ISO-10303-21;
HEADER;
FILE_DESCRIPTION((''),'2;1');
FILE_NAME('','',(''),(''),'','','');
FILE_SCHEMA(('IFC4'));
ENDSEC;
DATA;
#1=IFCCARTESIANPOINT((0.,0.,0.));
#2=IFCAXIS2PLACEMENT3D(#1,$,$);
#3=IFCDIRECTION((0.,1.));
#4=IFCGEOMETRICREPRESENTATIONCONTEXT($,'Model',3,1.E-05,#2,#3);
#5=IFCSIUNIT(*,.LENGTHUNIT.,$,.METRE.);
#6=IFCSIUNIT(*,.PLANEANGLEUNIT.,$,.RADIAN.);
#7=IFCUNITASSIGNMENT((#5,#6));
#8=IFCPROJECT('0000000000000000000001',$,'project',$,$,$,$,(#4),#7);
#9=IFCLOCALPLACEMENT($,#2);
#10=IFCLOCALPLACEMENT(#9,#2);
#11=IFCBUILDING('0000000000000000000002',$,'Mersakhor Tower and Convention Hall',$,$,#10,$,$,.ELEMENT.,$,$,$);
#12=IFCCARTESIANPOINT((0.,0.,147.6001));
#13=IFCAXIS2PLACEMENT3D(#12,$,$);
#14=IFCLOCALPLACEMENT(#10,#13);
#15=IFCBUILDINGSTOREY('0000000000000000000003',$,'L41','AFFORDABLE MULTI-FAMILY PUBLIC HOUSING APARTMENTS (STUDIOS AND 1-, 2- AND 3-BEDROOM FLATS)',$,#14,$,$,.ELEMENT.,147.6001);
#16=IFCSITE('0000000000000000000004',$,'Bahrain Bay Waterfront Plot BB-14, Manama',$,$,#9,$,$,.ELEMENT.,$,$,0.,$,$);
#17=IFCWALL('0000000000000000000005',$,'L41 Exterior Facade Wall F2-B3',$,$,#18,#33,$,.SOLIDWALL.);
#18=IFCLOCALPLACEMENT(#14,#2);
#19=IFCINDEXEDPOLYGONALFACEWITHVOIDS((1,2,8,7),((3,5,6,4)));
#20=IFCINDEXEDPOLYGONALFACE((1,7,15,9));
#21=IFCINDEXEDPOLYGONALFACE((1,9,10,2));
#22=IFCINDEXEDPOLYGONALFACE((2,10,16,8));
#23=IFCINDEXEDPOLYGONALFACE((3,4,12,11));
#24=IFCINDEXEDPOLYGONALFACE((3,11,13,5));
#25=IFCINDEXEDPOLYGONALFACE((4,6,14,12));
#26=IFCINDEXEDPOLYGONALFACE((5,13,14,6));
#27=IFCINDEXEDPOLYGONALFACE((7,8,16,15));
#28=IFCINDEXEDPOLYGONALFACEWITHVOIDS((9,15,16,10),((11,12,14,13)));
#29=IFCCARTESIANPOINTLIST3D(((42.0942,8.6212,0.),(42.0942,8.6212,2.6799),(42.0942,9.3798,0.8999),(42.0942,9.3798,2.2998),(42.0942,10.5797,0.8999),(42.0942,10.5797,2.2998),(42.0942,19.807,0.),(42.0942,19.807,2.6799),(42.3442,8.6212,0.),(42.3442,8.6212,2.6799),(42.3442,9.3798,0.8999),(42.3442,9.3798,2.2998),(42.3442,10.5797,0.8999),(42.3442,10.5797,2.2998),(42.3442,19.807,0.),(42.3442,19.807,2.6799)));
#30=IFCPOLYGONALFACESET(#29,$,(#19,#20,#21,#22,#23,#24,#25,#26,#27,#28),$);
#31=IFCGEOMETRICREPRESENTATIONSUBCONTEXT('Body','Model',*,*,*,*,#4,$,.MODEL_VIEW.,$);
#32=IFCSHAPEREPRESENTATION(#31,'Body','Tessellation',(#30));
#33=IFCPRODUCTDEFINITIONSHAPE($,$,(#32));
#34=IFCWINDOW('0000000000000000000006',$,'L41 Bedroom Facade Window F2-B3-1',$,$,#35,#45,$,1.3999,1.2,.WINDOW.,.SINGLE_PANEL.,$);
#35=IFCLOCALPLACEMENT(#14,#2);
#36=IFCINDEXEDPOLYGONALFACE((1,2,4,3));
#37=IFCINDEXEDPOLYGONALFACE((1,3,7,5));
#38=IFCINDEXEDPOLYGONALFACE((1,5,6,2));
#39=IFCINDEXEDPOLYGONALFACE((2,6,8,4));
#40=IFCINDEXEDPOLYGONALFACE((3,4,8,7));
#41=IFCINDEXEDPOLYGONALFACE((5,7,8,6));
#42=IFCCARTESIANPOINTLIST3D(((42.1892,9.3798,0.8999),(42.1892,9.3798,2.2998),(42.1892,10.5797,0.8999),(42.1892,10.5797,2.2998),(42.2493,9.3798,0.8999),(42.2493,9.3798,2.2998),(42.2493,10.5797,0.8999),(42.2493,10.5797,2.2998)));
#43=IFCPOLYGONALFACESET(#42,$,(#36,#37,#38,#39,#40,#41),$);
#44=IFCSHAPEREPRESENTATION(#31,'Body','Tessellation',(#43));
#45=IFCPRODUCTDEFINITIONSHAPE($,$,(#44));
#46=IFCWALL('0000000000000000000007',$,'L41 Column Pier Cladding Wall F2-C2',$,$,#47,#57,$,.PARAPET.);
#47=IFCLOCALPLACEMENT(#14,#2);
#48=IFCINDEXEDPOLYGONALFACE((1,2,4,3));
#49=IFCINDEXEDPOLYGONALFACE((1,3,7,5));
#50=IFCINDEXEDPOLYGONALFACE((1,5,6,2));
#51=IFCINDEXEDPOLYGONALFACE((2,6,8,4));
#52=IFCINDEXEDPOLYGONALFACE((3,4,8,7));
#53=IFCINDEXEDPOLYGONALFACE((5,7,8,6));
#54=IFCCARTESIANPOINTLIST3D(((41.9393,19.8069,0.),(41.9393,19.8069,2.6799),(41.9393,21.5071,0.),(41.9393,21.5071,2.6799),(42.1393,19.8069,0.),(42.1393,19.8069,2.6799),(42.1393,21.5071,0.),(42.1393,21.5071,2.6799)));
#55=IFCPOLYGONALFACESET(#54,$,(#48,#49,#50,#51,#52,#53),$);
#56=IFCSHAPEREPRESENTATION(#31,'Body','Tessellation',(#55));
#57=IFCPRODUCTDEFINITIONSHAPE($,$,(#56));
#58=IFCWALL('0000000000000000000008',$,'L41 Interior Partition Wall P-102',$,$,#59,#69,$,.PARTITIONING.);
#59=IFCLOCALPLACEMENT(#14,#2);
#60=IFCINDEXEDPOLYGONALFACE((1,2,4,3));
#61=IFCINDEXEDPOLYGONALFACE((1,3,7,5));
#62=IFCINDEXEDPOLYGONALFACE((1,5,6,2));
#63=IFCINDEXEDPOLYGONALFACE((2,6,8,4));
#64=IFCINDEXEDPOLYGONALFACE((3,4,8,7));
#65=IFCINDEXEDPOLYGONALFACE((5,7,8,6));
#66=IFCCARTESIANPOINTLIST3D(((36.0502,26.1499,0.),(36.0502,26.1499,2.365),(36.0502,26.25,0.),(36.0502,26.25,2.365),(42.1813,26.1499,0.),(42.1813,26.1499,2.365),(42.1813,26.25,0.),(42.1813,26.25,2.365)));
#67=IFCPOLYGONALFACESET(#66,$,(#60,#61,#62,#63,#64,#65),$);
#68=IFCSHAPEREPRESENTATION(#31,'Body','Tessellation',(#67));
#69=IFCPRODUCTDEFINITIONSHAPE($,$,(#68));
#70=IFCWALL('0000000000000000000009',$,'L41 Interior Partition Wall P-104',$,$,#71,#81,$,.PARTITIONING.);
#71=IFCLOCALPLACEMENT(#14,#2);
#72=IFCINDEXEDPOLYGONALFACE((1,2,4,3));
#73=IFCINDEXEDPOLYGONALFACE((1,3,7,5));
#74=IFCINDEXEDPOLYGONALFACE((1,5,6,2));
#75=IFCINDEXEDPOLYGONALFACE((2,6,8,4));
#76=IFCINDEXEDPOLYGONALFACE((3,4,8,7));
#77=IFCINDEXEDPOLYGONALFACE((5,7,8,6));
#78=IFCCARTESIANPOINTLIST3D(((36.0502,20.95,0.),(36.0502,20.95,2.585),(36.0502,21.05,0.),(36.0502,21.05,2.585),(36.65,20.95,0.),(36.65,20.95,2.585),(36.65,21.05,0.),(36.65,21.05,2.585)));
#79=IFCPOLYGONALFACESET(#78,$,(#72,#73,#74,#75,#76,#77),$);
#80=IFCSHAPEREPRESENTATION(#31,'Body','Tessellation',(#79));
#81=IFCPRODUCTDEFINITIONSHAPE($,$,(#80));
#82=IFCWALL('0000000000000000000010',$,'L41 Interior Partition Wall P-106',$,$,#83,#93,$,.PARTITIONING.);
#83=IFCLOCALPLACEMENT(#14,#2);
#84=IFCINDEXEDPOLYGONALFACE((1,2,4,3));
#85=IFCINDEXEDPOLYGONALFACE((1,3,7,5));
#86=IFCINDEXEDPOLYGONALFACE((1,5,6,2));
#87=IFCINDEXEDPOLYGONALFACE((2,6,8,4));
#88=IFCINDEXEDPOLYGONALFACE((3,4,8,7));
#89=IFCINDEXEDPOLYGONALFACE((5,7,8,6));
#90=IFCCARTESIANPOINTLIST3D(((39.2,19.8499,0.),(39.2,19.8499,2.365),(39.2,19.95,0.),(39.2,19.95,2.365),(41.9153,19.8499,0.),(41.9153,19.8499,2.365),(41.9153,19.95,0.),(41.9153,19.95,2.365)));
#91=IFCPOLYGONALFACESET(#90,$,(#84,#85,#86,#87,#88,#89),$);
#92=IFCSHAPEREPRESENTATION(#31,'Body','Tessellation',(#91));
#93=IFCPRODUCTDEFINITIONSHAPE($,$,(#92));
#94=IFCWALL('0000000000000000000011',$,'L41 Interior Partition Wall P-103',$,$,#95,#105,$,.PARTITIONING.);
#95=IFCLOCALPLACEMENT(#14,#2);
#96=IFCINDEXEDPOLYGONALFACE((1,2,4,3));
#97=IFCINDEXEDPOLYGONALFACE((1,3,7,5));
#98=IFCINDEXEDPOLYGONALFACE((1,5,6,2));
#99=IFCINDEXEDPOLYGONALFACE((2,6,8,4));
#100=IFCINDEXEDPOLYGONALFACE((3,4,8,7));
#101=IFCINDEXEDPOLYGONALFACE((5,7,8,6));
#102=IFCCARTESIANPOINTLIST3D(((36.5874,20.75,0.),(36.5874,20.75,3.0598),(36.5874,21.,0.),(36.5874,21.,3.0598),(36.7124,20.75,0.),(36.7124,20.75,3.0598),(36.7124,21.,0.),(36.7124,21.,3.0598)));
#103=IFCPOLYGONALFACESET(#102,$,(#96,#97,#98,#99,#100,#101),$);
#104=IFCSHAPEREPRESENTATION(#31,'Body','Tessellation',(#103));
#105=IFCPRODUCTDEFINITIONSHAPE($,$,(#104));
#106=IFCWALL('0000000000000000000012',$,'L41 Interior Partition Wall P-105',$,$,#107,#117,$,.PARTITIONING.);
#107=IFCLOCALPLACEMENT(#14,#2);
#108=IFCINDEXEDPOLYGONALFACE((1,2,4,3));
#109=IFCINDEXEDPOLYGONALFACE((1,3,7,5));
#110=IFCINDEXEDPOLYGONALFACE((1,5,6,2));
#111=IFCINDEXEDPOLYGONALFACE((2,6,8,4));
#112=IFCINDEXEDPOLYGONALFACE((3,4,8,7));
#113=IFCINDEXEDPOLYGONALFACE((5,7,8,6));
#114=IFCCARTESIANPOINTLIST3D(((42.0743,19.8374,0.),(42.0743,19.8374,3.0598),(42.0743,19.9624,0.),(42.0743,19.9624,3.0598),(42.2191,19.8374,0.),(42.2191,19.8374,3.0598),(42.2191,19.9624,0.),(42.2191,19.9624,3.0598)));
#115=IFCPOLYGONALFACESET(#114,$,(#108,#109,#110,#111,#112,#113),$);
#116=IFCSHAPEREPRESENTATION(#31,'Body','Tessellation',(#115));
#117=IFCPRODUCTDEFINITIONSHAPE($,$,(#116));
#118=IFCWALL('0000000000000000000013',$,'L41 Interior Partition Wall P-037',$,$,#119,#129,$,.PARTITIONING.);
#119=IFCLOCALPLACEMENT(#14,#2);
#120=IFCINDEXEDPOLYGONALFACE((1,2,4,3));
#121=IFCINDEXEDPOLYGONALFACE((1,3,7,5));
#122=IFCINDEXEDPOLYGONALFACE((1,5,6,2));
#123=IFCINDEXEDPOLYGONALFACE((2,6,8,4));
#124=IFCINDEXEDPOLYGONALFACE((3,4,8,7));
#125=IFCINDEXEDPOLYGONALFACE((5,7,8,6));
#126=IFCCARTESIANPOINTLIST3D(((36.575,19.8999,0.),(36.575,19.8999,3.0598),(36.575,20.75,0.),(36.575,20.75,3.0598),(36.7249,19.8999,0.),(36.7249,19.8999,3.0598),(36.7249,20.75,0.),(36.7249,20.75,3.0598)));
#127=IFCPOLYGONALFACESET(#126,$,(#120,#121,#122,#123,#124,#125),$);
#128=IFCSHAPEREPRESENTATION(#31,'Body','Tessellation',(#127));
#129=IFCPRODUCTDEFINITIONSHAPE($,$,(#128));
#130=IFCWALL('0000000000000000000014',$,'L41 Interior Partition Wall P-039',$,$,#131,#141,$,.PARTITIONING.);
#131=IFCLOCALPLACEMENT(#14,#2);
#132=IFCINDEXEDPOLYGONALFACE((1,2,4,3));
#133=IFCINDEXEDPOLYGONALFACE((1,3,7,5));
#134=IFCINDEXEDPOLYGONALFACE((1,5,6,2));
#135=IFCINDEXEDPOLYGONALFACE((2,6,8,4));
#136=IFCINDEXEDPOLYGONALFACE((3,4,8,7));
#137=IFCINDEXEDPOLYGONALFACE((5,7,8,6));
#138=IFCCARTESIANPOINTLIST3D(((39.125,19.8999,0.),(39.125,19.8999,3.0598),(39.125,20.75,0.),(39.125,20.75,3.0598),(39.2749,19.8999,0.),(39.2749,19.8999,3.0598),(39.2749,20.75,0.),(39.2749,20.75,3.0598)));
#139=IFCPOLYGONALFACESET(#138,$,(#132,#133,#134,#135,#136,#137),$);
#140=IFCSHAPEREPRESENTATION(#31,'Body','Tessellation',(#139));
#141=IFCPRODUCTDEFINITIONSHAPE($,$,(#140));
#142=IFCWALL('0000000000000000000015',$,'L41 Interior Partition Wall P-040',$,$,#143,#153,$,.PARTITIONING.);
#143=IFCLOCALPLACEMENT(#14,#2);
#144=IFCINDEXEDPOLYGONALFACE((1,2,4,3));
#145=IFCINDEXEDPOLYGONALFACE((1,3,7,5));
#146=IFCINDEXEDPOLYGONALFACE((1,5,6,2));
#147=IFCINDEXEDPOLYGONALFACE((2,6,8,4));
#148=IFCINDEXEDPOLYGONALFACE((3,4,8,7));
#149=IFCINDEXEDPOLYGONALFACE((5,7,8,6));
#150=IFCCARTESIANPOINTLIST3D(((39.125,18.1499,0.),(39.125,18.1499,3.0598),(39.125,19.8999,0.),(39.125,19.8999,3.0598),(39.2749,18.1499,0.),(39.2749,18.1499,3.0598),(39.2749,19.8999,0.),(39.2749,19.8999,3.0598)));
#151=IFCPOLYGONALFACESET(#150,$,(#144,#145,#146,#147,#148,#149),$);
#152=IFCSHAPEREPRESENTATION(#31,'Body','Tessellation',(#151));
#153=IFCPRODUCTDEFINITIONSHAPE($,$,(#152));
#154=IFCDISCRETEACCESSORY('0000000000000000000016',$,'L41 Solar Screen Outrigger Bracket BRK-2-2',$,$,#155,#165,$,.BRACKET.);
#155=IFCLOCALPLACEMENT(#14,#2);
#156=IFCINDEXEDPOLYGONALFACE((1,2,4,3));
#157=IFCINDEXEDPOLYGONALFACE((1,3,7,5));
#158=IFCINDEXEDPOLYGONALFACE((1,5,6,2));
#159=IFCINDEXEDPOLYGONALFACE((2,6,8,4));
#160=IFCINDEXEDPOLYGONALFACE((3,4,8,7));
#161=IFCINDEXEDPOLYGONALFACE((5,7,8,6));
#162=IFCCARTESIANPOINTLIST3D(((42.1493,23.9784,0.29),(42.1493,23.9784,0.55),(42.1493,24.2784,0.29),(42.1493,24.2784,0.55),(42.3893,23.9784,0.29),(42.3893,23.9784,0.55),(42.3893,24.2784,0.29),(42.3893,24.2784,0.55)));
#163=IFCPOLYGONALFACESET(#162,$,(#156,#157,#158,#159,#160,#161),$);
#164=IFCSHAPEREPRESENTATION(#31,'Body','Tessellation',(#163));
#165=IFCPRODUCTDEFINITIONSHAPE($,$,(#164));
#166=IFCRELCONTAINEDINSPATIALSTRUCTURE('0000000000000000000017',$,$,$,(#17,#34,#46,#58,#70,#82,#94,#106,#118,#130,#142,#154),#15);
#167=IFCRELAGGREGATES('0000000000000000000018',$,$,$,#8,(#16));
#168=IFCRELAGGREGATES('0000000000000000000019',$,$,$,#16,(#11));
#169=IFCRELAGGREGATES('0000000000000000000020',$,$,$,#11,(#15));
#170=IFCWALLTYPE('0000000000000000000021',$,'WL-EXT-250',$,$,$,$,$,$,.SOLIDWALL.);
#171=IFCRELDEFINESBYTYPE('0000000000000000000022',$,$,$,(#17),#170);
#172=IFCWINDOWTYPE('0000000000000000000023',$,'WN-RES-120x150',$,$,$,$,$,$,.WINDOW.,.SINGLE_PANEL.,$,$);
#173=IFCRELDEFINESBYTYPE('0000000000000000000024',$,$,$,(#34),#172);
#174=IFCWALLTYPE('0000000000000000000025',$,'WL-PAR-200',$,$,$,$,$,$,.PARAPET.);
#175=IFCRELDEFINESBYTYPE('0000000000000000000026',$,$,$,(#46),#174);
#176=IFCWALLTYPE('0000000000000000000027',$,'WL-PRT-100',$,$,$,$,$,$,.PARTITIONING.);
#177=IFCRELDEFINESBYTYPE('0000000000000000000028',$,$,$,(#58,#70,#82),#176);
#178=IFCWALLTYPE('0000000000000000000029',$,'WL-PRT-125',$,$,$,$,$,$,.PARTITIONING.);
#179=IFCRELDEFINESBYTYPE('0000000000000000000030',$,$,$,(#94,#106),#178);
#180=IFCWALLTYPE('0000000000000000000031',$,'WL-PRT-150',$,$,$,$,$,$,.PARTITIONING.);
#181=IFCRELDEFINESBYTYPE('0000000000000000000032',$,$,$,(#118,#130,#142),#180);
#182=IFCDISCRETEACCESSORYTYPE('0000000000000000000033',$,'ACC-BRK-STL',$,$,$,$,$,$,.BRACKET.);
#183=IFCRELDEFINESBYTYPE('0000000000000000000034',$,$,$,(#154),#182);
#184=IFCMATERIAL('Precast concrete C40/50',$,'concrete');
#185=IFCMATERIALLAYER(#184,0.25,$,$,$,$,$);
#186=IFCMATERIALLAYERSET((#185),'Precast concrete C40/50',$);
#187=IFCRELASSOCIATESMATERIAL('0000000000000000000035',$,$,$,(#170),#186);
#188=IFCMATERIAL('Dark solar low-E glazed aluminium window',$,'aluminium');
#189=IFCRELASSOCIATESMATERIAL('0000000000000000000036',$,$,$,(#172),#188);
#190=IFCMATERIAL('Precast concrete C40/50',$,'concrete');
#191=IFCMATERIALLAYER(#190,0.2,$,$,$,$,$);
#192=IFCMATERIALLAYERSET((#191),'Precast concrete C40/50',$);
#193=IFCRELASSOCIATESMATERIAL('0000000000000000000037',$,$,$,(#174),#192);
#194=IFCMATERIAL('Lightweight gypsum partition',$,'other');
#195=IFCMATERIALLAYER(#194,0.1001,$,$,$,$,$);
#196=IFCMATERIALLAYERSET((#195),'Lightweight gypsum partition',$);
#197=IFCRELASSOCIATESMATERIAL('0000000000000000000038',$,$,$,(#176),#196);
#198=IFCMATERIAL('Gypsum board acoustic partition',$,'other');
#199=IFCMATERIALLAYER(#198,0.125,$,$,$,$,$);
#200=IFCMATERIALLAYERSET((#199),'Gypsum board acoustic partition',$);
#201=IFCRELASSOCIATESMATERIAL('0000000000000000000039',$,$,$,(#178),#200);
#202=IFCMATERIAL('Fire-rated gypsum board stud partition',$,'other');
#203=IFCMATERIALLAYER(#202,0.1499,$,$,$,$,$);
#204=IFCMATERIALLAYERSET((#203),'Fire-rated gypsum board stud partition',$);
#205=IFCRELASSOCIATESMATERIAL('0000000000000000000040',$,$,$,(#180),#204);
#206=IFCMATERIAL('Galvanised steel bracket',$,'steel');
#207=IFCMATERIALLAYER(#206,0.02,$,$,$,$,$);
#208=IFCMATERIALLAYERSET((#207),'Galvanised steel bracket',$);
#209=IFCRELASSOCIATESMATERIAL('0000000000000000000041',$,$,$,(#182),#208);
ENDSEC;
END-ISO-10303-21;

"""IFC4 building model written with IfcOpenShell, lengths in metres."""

from ifc_helpers import new_model, si_unit, direction, frame, frame_2d, origin, origin_2d, place, context, subcontext, project, spatial, rectangle, extrude, material, layer, layer_set, type_object, element, fill, save


model = new_model("IFC4")

# Units and contexts
model_context = context("Model", 3, precision=1e-05, world=origin(), true_north=direction((0.0, 1.0)))
body_context = subcontext(model_context, "Body", "Model", "MODEL_VIEW")
ifc_project = project(units=[si_unit("LENGTHUNIT", "METRE"), si_unit("PLANEANGLEUNIT", "RADIAN")], contexts=[model_context])

# Site, building, storey
site_placement = place(None, origin())
site = spatial("IfcSite", under=ifc_project, at=site_placement, Name="Bahrain Bay Waterfront Plot BB-14, Manama", CompositionType="ELEMENT", RefElevation=0.0)
building_placement = place(site_placement, origin())
building = spatial("IfcBuilding", under=site, at=building_placement, Name="Mersakhor Tower and Convention Hall", CompositionType="ELEMENT")
storey_placement = place(building_placement, frame((0.0, 0.0, 147.6001)))
storey = spatial("IfcBuildingStorey", under=building, at=storey_placement, Name="L41", Description="AFFORDABLE MULTI-FAMILY PUBLIC HOUSING APARTMENTS (STUDIOS AND 1-, 2- AND 3-BEDROOM FLATS)", CompositionType="ELEMENT", Elevation=147.6001)

# Wall, opening, window
ifc_material_1 = material(Name="Precast concrete C40/50", Category="concrete")
ifc_layer_1 = layer(ifc_material_1, 0.25)
ifc_layer_set_1 = layer_set([ifc_layer_1], Name="Precast concrete C40/50")
wall_type_1 = type_object("IfcWallType", Name="WL-EXT-250", PredefinedType="SOLIDWALL", material=ifc_layer_set_1)
wall_1_placement = place(storey_placement, frame((42.2192, 19.8069, 0.0), z_axis=(0.0, 0.0, 1.0), x_axis=(0.0, -1.0, 0.0)))
wall_1 = element("IfcWall", 1, at=wall_1_placement, inside=storey, type_object=wall_type_1, Name="L41 Exterior Facade Wall F2-B3", PredefinedType="SOLIDWALL", context=body_context, shape_type="SweptSolid", body=[
    extrude(rectangle(XDim=11.1858, YDim=0.25, at=frame_2d((5.5928, 0.0))), origin(), (0.0, 0.0, 1.0), 2.6799),
])
opening_1_placement = place(wall_1_placement, frame((9.2271, 0.0, 0.8999)))
opening_1 = element("IfcOpeningElement", 2, at=opening_1_placement, cuts=wall_1, PredefinedType="OPENING", context=body_context, shape_type="SweptSolid", body=[
    extrude(rectangle(XDim=1.2, YDim=1.3999, at=frame_2d((0.6001, 0.7))), frame((0.0, 0.135, 0.0), z_axis=(0.0, -1.0, 0.0), x_axis=(1.0, 0.0, 0.0)), (0.0, 0.0, 1.0), 0.27),
])
ifc_material_2 = material(Name="Dark solar low-E glazed aluminium window", Category="aluminium")
window_type = type_object("IfcWindowType", Name="WN-RES-120x150", PartitioningType="SINGLE_PANEL", PredefinedType="WINDOW", material=ifc_material_2)
window_placement = place(opening_1_placement, origin())
window = element("IfcWindow", 3, at=window_placement, inside=storey, type_object=window_type, Name="L41 Bedroom Facade Window F2-B3-1", OverallHeight=1.3999, OverallWidth=1.2, PartitioningType="SINGLE_PANEL", PredefinedType="WINDOW", context=body_context, shape_type="SweptSolid", body=[
    extrude(rectangle(XDim=1.2, YDim=1.3999, at=frame_2d((0.6001, 0.7))), frame((0.0, 0.03, 0.0), z_axis=(0.0, -1.0, 0.0), x_axis=(1.0, 0.0, 0.0)), (0.0, 0.0, 1.0), 0.0601),
])
fill(opening_1, window)

# Walls
ifc_material_3 = material(Name="Precast concrete C40/50", Category="concrete")
ifc_layer_2 = layer(ifc_material_3, 0.2)
ifc_layer_set_2 = layer_set([ifc_layer_2], Name="Precast concrete C40/50")
wall_type_2 = type_object("IfcWallType", Name="WL-PAR-200", PredefinedType="PARAPET", material=ifc_layer_set_2)
wall_2_placement = place(storey_placement, frame((42.0393, 21.5071, 0.0), z_axis=(0.0, 0.0, 1.0), x_axis=(0.0, -1.0, 0.0)))
element("IfcWall", 4, at=wall_2_placement, inside=storey, type_object=wall_type_2, Name="L41 Column Pier Cladding Wall F2-C2", PredefinedType="PARAPET", context=body_context, shape_type="SweptSolid", body=[
    extrude(rectangle(XDim=1.7002, YDim=0.2, at=frame_2d((0.8501, 0.0))), origin(), (0.0, 0.0, 1.0), 2.6799),
])
ifc_material_4 = material(Name="Lightweight gypsum partition", Category="other")
ifc_layer_3 = layer(ifc_material_4, 0.1001)
ifc_layer_set_3 = layer_set([ifc_layer_3], Name="Lightweight gypsum partition")
wall_type_3 = type_object("IfcWallType", Name="WL-PRT-100", PredefinedType="PARTITIONING", material=ifc_layer_set_3)
wall_3_placement = place(storey_placement, frame((42.1812, 26.2, 0.0), z_axis=(0.0, 0.0, 1.0), x_axis=(-1.0, 0.0, 0.0)))
element("IfcWall", 5, at=wall_3_placement, inside=storey, type_object=wall_type_3, Name="L41 Interior Partition Wall P-102", PredefinedType="PARTITIONING", context=body_context, shape_type="SweptSolid", body=[
    extrude(rectangle(XDim=6.1311, YDim=0.1001, at=frame_2d((3.0654, 0.0))), origin(), (0.0, 0.0, 1.0), 2.365),
])
wall_4_placement = place(storey_placement, frame((36.6499, 21.0, 0.0), z_axis=(0.0, 0.0, 1.0), x_axis=(-1.0, 0.0, 0.0)))
element("IfcWall", 6, at=wall_4_placement, inside=storey, type_object=wall_type_3, Name="L41 Interior Partition Wall P-104", PredefinedType="PARTITIONING", context=body_context, shape_type="SweptSolid", body=[
    extrude(rectangle(XDim=0.5999, YDim=0.1001, at=frame_2d((0.2998, 0.0))), origin(), (0.0, 0.0, 1.0), 2.585),
])
wall_5_placement = place(storey_placement, frame((41.9153, 19.8999, 0.0), z_axis=(0.0, 0.0, 1.0), x_axis=(-1.0, 0.0, 0.0)))
element("IfcWall", 7, at=wall_5_placement, inside=storey, type_object=wall_type_3, Name="L41 Interior Partition Wall P-106", PredefinedType="PARTITIONING", context=body_context, shape_type="SweptSolid", body=[
    extrude(rectangle(XDim=2.7153, YDim=0.1001, at=frame_2d((1.3577, 0.0))), origin(), (0.0, 0.0, 1.0), 2.365),
])
ifc_material_5 = material(Name="Gypsum board acoustic partition", Category="other")
ifc_layer_4 = layer(ifc_material_5, 0.125)
ifc_layer_set_4 = layer_set([ifc_layer_4], Name="Gypsum board acoustic partition")
wall_type_4 = type_object("IfcWallType", Name="WL-PRT-125", PredefinedType="PARTITIONING", material=ifc_layer_set_4)
wall_6_placement = place(storey_placement, frame((36.6499, 20.75, 0.0), z_axis=(0.0, 0.0, 1.0), x_axis=(0.0, 1.0, 0.0)))
element("IfcWall", 8, at=wall_6_placement, inside=storey, type_object=wall_type_4, Name="L41 Interior Partition Wall P-103", PredefinedType="PARTITIONING", context=body_context, shape_type="SweptSolid", body=[
    extrude(rectangle(XDim=0.25, YDim=0.125, at=frame_2d((0.125, 0.0))), origin(), (0.0, 0.0, 1.0), 3.0598),
])
wall_7_placement = place(storey_placement, frame((42.219, 19.8999, 0.0), z_axis=(0.0, 0.0, 1.0), x_axis=(-1.0, 0.0, 0.0)))
element("IfcWall", 9, at=wall_7_placement, inside=storey, type_object=wall_type_4, Name="L41 Interior Partition Wall P-105", PredefinedType="PARTITIONING", context=body_context, shape_type="SweptSolid", body=[
    extrude(rectangle(XDim=0.1448, YDim=0.125, at=frame_2d((0.0723, 0.0))), origin(), (0.0, 0.0, 1.0), 3.0598),
])
ifc_material_6 = material(Name="Fire-rated gypsum board stud partition", Category="other")
ifc_layer_5 = layer(ifc_material_6, 0.1499)
ifc_layer_set_5 = layer_set([ifc_layer_5], Name="Fire-rated gypsum board stud partition")
wall_type_5 = type_object("IfcWallType", Name="WL-PRT-150", PredefinedType="PARTITIONING", material=ifc_layer_set_5)
wall_8_placement = place(storey_placement, frame((36.6499, 19.8999, 0.0), z_axis=(0.0, 0.0, 1.0), x_axis=(0.0, 1.0, 0.0)))
element("IfcWall", 10, at=wall_8_placement, inside=storey, type_object=wall_type_5, Name="L41 Interior Partition Wall P-037", PredefinedType="PARTITIONING", context=body_context, shape_type="SweptSolid", body=[
    extrude(rectangle(XDim=0.8501, YDim=0.1499, at=frame_2d((0.425, 0.0))), origin(), (0.0, 0.0, 1.0), 3.0598),
])

# Walls
wall_9_placement = place(storey_placement, frame((39.2, 20.75, 0.0), z_axis=(0.0, 0.0, 1.0), x_axis=(0.0, -1.0, 0.0)))
element("IfcWall", 11, at=wall_9_placement, inside=storey, type_object=wall_type_5, Name="L41 Interior Partition Wall P-039", PredefinedType="PARTITIONING", context=body_context, shape_type="SweptSolid", body=[
    extrude(rectangle(XDim=0.8501, YDim=0.1499, at=frame_2d((0.425, 0.0))), origin(), (0.0, 0.0, 1.0), 3.0598),
])
wall_10_placement = place(storey_placement, frame((39.2, 19.8999, 0.0), z_axis=(0.0, 0.0, 1.0), x_axis=(0.0, -1.0, 0.0)))
element("IfcWall", 12, at=wall_10_placement, inside=storey, type_object=wall_type_5, Name="L41 Interior Partition Wall P-040", PredefinedType="PARTITIONING", context=body_context, shape_type="SweptSolid", body=[
    extrude(rectangle(XDim=1.75, YDim=0.1499, at=frame_2d((0.875, 0.0))), origin(), (0.0, 0.0, 1.0), 3.0598),
])

# Discrete accessory
ifc_material_7 = material(Name="Galvanised steel bracket", Category="steel")
ifc_layer_6 = layer(ifc_material_7, 0.02)
ifc_layer_set_6 = layer_set([ifc_layer_6], Name="Galvanised steel bracket")
discrete_accessory_type = type_object("IfcDiscreteAccessoryType", Name="ACC-BRK-STL", PredefinedType="BRACKET", material=ifc_layer_set_6)
discrete_accessory_placement = place(storey_placement, frame((42.2693, 24.1284, 0.29), z_axis=(0.0, 0.0, 1.0), x_axis=(0.0, -1.0, 0.0)))
element("IfcDiscreteAccessory", 13, at=discrete_accessory_placement, inside=storey, type_object=discrete_accessory_type, Name="L41 Solar Screen Outrigger Bracket BRK-2-2", PredefinedType="BRACKET", context=body_context, shape_type="SweptSolid", body=[
    extrude(rectangle(XDim=0.3, YDim=0.24, at=origin_2d()), origin(), (0.0, 0.0, 1.0), 0.26),
])

save(model, "model.ifc")
